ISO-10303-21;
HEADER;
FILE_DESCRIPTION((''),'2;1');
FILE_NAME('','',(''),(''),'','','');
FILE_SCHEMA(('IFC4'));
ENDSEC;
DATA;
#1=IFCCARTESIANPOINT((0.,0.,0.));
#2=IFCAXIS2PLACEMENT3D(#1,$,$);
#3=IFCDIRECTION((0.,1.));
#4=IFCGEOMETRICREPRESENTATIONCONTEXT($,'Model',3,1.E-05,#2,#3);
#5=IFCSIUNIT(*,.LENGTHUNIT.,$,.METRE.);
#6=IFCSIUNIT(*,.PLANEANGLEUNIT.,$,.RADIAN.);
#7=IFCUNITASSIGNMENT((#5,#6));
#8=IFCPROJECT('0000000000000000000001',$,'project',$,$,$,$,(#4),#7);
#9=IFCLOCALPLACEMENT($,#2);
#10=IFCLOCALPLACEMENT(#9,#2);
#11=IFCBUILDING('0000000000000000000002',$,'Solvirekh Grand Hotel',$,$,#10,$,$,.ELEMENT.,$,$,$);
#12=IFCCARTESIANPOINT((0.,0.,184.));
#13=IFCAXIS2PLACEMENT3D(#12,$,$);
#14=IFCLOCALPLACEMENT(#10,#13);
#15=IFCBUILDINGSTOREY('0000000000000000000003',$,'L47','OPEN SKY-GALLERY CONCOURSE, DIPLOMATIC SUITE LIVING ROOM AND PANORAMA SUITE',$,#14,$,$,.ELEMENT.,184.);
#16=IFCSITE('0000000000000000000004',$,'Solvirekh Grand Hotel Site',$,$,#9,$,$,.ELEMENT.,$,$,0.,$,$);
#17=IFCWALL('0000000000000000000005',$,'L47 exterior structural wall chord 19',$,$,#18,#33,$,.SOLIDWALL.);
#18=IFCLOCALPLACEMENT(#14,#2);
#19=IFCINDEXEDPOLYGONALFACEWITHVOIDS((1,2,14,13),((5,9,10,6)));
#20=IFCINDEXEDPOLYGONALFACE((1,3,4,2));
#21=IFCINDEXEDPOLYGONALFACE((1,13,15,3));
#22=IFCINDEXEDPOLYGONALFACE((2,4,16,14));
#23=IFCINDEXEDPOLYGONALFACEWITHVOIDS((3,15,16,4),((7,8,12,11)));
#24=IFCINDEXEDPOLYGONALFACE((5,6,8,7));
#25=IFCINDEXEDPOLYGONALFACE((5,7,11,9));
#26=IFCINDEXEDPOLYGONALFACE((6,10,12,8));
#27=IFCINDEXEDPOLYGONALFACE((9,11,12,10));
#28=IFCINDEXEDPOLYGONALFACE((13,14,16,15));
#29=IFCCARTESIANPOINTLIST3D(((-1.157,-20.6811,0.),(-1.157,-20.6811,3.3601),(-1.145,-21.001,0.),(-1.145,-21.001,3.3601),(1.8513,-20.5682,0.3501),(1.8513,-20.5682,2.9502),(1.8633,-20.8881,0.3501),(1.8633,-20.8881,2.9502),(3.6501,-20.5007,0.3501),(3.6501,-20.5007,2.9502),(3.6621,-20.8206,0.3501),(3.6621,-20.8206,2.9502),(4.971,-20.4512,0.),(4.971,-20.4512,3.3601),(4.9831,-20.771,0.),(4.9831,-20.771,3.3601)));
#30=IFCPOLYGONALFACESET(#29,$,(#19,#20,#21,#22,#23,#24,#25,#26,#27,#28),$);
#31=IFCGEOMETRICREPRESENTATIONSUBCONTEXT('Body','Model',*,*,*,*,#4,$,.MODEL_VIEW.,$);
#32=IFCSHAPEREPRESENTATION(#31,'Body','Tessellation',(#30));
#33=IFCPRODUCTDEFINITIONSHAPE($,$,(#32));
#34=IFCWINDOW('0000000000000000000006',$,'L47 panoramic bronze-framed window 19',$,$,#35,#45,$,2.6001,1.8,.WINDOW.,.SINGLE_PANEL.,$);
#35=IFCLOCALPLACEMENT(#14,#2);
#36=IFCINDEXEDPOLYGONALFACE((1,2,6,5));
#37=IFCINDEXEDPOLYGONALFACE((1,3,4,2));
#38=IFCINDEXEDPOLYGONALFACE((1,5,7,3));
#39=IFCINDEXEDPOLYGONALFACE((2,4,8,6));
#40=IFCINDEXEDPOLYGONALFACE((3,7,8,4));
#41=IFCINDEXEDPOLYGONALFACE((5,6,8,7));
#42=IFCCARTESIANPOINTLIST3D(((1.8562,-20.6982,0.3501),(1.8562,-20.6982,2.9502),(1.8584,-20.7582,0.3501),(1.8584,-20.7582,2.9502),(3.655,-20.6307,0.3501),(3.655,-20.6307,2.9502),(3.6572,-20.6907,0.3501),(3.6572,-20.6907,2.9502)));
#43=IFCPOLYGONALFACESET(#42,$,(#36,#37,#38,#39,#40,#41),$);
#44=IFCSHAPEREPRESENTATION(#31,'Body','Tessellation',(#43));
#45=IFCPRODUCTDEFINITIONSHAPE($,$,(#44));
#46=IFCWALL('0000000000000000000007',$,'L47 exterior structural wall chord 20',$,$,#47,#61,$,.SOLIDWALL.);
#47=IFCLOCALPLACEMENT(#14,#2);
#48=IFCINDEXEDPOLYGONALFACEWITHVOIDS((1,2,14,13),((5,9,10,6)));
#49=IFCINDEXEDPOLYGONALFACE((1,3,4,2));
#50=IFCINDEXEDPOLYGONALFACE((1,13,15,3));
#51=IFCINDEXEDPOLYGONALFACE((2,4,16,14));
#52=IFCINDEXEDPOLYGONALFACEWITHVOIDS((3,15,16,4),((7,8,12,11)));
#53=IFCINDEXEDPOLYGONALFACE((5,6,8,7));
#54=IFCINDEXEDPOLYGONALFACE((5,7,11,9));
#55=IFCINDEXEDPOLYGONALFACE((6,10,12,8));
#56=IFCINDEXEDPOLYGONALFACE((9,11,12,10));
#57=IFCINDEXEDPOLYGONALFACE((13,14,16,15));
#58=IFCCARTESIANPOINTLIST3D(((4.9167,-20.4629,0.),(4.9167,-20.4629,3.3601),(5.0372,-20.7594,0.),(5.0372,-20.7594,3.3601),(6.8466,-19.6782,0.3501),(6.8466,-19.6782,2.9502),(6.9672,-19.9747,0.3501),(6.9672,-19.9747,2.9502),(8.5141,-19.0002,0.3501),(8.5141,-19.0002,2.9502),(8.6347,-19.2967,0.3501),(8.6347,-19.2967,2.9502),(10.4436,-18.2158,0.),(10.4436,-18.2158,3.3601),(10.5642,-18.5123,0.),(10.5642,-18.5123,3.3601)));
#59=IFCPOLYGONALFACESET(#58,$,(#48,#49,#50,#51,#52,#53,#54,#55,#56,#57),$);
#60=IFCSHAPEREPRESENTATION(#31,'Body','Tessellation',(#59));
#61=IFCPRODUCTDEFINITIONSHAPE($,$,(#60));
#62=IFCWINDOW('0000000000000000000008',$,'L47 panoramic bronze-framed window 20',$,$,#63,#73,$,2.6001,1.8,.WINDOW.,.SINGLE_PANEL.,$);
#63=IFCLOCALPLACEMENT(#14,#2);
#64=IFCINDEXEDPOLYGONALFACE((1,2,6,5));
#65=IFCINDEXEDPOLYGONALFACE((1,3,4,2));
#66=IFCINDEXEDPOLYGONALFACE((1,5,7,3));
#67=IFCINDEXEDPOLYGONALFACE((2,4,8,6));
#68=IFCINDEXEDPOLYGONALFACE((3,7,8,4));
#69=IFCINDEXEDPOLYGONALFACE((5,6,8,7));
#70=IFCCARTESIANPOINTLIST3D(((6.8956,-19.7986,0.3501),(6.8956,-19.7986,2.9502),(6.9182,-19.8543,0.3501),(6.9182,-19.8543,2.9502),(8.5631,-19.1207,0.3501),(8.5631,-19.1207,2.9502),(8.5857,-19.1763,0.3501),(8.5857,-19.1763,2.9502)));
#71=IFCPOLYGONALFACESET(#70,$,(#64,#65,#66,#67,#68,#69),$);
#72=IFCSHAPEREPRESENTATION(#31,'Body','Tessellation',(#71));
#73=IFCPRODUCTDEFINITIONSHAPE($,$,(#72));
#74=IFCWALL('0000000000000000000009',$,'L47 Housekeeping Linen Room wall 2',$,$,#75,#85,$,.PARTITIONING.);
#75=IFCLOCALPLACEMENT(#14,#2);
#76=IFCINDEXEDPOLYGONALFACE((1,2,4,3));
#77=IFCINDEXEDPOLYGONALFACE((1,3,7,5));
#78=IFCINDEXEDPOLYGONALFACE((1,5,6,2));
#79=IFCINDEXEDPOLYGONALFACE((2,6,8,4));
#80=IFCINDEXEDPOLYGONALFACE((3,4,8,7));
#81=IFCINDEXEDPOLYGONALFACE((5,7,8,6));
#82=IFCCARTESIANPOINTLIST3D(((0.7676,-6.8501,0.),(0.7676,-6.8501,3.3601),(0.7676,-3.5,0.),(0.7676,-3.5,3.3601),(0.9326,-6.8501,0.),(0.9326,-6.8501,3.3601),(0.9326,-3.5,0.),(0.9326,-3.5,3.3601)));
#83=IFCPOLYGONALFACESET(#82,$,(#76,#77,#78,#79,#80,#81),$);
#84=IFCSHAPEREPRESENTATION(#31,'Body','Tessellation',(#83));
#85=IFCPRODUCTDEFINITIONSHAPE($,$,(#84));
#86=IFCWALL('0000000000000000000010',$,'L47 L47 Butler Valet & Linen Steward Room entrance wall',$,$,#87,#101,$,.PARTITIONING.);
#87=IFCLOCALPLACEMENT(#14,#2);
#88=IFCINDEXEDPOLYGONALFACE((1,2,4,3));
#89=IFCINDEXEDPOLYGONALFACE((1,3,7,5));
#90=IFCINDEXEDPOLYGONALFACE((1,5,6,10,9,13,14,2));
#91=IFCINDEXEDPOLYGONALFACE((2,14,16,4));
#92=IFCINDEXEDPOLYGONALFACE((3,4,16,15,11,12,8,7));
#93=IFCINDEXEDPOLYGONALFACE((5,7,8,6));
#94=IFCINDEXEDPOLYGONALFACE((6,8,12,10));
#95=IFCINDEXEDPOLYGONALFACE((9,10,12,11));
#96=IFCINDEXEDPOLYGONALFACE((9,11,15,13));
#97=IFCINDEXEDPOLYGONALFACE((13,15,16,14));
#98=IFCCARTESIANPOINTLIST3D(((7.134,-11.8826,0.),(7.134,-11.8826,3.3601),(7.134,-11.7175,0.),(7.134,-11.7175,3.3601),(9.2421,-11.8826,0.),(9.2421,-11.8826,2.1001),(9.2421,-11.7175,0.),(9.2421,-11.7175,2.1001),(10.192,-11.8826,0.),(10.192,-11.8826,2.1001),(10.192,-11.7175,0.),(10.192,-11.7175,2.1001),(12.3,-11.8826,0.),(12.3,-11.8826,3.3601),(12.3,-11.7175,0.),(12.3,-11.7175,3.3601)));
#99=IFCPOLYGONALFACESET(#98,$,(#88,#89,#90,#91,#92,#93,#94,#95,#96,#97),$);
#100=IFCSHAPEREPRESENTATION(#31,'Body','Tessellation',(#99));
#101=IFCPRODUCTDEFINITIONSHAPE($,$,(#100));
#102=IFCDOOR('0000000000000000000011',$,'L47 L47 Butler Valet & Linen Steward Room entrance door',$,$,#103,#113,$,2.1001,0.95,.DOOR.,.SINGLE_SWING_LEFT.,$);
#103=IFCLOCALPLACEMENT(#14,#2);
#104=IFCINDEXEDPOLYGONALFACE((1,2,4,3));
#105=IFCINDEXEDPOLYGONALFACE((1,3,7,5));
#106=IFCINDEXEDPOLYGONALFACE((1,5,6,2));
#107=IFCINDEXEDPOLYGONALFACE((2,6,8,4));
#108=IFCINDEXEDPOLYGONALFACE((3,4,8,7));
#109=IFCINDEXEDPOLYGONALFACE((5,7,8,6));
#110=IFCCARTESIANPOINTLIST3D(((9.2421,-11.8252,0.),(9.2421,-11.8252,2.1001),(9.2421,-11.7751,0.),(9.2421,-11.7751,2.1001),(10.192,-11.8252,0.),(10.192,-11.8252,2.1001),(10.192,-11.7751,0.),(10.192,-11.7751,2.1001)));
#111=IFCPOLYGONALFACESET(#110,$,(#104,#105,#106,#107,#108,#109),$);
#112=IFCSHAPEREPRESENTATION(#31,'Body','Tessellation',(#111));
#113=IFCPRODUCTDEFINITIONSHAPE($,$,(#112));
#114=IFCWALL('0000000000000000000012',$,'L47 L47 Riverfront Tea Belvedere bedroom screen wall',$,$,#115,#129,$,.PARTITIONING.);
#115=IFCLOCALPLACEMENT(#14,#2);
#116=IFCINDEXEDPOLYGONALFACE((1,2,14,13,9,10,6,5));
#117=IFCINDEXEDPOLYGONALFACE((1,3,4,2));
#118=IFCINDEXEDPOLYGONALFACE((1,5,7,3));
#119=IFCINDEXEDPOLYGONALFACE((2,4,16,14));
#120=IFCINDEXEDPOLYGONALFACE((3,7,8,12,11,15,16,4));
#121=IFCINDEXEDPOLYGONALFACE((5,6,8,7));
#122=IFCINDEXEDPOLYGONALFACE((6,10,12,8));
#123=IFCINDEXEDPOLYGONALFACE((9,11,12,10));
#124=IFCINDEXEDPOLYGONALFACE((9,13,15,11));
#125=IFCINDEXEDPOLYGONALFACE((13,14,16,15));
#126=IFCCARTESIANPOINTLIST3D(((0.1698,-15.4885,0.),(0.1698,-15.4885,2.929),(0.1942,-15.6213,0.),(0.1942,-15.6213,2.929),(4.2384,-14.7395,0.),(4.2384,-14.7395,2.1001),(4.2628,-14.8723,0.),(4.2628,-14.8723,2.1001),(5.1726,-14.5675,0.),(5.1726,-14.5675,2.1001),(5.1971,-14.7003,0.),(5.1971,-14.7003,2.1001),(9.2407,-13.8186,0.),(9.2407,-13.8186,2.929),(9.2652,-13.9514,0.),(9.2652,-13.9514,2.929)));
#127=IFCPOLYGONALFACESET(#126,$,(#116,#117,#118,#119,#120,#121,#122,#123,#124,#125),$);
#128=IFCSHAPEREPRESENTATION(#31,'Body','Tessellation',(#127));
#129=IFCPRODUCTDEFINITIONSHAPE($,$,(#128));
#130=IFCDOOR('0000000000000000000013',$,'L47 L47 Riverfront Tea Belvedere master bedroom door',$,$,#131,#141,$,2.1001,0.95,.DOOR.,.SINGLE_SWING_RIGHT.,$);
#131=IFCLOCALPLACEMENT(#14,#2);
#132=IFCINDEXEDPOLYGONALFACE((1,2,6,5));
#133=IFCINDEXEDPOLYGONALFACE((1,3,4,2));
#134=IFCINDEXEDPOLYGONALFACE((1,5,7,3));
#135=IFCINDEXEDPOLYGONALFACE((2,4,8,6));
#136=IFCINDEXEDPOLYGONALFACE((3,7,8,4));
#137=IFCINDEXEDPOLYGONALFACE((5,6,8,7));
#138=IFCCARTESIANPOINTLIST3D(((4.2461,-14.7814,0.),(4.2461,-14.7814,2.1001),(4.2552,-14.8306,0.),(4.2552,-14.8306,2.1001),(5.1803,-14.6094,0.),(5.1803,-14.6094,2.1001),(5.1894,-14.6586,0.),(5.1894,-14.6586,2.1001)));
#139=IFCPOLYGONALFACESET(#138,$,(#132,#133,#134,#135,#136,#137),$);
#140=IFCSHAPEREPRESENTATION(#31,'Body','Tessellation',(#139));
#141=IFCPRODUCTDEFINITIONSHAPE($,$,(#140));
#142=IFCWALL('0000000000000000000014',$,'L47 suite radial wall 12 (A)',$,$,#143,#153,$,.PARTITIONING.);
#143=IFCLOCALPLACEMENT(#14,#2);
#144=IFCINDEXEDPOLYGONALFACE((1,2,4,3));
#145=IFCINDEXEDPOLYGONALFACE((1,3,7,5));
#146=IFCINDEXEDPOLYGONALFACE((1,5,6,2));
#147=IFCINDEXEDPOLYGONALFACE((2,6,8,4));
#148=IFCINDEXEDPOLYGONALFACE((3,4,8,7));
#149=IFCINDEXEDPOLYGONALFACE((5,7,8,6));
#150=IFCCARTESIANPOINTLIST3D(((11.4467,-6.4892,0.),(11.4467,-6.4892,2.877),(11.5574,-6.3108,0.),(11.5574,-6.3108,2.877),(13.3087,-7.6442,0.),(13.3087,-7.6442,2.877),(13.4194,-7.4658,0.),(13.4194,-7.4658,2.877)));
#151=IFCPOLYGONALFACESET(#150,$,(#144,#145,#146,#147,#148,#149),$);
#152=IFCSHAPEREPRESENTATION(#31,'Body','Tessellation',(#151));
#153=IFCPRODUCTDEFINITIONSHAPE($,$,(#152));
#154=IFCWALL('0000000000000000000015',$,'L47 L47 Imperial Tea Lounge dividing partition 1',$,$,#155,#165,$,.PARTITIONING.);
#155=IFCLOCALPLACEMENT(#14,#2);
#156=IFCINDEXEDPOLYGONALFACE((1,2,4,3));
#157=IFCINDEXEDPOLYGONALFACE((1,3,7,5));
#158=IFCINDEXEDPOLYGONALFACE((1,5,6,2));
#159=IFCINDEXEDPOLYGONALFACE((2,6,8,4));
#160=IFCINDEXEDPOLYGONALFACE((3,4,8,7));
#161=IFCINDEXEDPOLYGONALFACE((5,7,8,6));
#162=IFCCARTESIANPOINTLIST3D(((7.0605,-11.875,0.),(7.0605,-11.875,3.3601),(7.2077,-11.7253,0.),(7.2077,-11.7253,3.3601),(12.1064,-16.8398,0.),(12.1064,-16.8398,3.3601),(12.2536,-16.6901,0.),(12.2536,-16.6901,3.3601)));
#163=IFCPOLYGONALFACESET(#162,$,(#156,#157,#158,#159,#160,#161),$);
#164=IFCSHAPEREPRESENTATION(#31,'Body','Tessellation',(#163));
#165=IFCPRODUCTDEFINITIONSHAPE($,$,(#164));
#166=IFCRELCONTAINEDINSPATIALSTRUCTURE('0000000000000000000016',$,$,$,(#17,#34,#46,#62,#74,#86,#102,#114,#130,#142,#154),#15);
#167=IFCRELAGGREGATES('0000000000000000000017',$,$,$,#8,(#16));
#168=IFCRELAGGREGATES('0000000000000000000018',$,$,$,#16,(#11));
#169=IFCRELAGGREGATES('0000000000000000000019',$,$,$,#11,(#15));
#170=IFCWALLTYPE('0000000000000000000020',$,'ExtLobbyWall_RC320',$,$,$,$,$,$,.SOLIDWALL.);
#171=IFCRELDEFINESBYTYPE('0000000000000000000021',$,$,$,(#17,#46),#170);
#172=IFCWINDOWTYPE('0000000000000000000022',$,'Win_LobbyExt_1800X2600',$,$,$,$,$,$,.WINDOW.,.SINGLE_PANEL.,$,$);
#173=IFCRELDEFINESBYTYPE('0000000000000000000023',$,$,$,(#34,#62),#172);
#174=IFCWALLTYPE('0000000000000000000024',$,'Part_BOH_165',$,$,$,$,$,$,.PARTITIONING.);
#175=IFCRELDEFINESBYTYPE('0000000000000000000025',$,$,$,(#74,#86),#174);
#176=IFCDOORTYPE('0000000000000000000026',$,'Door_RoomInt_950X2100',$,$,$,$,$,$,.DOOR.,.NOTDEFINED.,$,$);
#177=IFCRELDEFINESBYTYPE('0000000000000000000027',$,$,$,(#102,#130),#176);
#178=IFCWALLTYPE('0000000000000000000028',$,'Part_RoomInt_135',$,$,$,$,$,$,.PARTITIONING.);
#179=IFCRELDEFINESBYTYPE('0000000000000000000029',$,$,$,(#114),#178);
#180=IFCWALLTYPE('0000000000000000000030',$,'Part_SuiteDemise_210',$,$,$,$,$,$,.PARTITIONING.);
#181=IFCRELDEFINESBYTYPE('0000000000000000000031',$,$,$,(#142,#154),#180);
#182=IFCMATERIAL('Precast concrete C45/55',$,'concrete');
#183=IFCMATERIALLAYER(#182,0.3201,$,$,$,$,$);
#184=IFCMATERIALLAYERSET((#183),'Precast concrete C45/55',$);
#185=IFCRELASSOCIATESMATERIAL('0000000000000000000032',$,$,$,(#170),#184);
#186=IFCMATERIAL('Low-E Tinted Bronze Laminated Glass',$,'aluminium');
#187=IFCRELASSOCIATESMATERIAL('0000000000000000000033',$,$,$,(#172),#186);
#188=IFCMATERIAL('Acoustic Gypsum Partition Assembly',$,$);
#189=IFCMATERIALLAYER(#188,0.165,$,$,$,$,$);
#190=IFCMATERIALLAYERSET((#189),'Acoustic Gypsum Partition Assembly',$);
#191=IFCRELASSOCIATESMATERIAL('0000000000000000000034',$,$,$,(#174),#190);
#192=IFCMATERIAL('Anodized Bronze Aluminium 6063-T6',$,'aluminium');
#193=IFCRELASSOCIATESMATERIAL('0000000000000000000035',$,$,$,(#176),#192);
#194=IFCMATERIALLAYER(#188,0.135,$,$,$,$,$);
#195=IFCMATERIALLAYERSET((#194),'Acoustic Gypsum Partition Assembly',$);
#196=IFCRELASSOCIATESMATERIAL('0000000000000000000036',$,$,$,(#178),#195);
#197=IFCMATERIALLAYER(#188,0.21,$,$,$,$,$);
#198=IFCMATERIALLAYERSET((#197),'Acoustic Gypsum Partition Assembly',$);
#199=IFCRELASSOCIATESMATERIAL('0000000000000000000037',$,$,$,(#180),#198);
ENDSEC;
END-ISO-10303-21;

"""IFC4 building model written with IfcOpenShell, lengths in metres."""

from ifc_helpers import new_model, si_unit, direction, frame, frame_2d, origin, place, context, subcontext, project, spatial, rectangle, extrude, material, layer, layer_set, type_object, element, fill, save


model = new_model("IFC4")

# Units and contexts
model_context = context("Model", 3, precision=1e-05, world=origin(), true_north=direction((0.0, 1.0)))
body_context = subcontext(model_context, "Body", "Model", "MODEL_VIEW")
ifc_project = project(units=[si_unit("LENGTHUNIT", "METRE"), si_unit("PLANEANGLEUNIT", "RADIAN")], contexts=[model_context])

# Site, building, storey
site_placement = place(None, origin())
site = spatial("IfcSite", under=ifc_project, at=site_placement, Name="Solvirekh Grand Hotel Site", CompositionType="ELEMENT", RefElevation=0.0)
building_placement = place(site_placement, origin())
building = spatial("IfcBuilding", under=site, at=building_placement, Name="Solvirekh Grand Hotel", CompositionType="ELEMENT")
storey_placement = place(building_placement, frame((0.0, 0.0, 184.0)))
storey = spatial("IfcBuildingStorey", under=building, at=storey_placement, Name="L47", Description="OPEN SKY-GALLERY CONCOURSE, DIPLOMATIC SUITE LIVING ROOM AND PANORAMA SUITE", CompositionType="ELEMENT", Elevation=184.0)

# Shared definitions
ifc_material_1 = material(Name="Anodized Bronze Aluminium 6063-T6", Category="aluminium")
ifc_material_2 = material(Name="Low-E Tinted Bronze Laminated Glass", Category="aluminium")

# Walls, openings, windows
ifc_material_3 = material(Name="Precast concrete C45/55", Category="concrete")
ifc_layer_1 = layer(ifc_material_3, 0.3201)
ifc_layer_set_1 = layer_set([ifc_layer_1], Name="Precast concrete C45/55")
wall_type_1 = type_object("IfcWallType", Name="ExtLobbyWall_RC320", PredefinedType="SOLIDWALL", material=ifc_layer_set_1)
wall_1_placement = place(storey_placement, frame((4.9771, -20.6111, 0.0), z_axis=(0.0, 0.0, 1.0), x_axis=(-0.999296, -0.037503, 0.0)))
wall_1 = element("IfcWall", 1, at=wall_1_placement, inside=storey, type_object=wall_type_1, Name="L47 exterior structural wall chord 19", PredefinedType="SOLIDWALL", context=body_context, shape_type="SweptSolid", body=[
    extrude(rectangle(XDim=6.1323, YDim=0.3201, at=frame_2d((3.0662, 0.0))), origin(), (0.0, 0.0, 1.0), 3.3601),
])
opening_1_placement = place(wall_1_placement, frame((1.322, 0.0, 0.3501)))
opening_1 = element("IfcOpeningElement", 2, at=opening_1_placement, cuts=wall_1, PredefinedType="OPENING", context=body_context, shape_type="SweptSolid", body=[
    extrude(rectangle(XDim=1.8, YDim=2.6001, at=frame_2d((0.8999, 1.3))), frame((0.0, 0.1699, 0.0), z_axis=(0.0, -1.0, 0.0), x_axis=(1.0, 0.0, 0.0)), (0.0, 0.0, 1.0), 0.3401),
])
window_type = type_object("IfcWindowType", Name="Win_LobbyExt_1800X2600", PartitioningType="SINGLE_PANEL", PredefinedType="WINDOW", material=ifc_material_2)
window_1_placement = place(opening_1_placement, origin())
window_1 = element("IfcWindow", 3, at=window_1_placement, inside=storey, type_object=window_type, Name="L47 panoramic bronze-framed window 19", OverallHeight=2.6001, OverallWidth=1.8, PartitioningType="SINGLE_PANEL", PredefinedType="WINDOW", context=body_context, shape_type="SweptSolid", body=[
    extrude(rectangle(XDim=1.8, YDim=2.6001, at=frame_2d((0.8999, 1.3))), frame((0.0, 0.03, 0.0), z_axis=(0.0, -1.0, 0.0), x_axis=(1.0, 0.0, 0.0)), (0.0, 0.0, 1.0), 0.0601),
])
fill(opening_1, window_1)
wall_2_placement = place(storey_placement, frame((10.5039, -18.364, 0.0), z_axis=(0.0, 0.0, 1.0), x_axis=(-0.926362, -0.376634, 0.0)))
wall_2 = element("IfcWall", 4, at=wall_2_placement, inside=storey, type_object=wall_type_1, Name="L47 exterior structural wall chord 20", PredefinedType="SOLIDWALL", context=body_context, shape_type="SweptSolid", body=[
    extrude(rectangle(XDim=5.9663, YDim=0.3201, at=frame_2d((2.9832, 0.0))), origin(), (0.0, 0.0, 1.0), 3.3601),
])
opening_2_placement = place(wall_2_placement, frame((2.083, 0.0, 0.3501)))
opening_2 = element("IfcOpeningElement", 5, at=opening_2_placement, cuts=wall_2, PredefinedType="OPENING", context=body_context, shape_type="SweptSolid", body=[
    extrude(rectangle(XDim=1.8, YDim=2.6001, at=frame_2d((0.8999, 1.3))), frame((0.0, 0.1699, 0.0), z_axis=(0.0, -1.0, 0.0), x_axis=(1.0, 0.0, 0.0)), (0.0, 0.0, 1.0), 0.3401),
])
window_2_placement = place(opening_2_placement, origin())
window_2 = element("IfcWindow", 6, at=window_2_placement, inside=storey, type_object=window_type, Name="L47 panoramic bronze-framed window 20", OverallHeight=2.6001, OverallWidth=1.8, PartitioningType="SINGLE_PANEL", PredefinedType="WINDOW", context=body_context, shape_type="SweptSolid", body=[
    extrude(rectangle(XDim=1.8, YDim=2.6001, at=frame_2d((0.8999, 1.3))), frame((0.0, 0.03, 0.0), z_axis=(0.0, -1.0, 0.0), x_axis=(1.0, 0.0, 0.0)), (0.0, 0.0, 1.0), 0.0601),
])
fill(opening_2, window_2)

# Wall
ifc_material_4 = material(Name="Acoustic Gypsum Partition Assembly")
ifc_layer_2 = layer(ifc_material_4, 0.165)
ifc_layer_set_2 = layer_set([ifc_layer_2], Name="Acoustic Gypsum Partition Assembly")
wall_type_2 = type_object("IfcWallType", Name="Part_BOH_165", PredefinedType="PARTITIONING", material=ifc_layer_set_2)
wall_3_placement = place(storey_placement, frame((0.8501, -6.8501, 0.0), z_axis=(0.0, 0.0, 1.0), x_axis=(0.0, 1.0, 0.0)))
element("IfcWall", 7, at=wall_3_placement, inside=storey, type_object=wall_type_2, Name="L47 Housekeeping Linen Room wall 2", PredefinedType="PARTITIONING", context=body_context, shape_type="SweptSolid", body=[
    extrude(rectangle(XDim=3.3501, YDim=0.165, at=frame_2d((1.675, 0.0))), origin(), (0.0, 0.0, 1.0), 3.3601),
])

# Walls, openings, doors
wall_4_placement = place(storey_placement, frame((7.134, -11.8, 0.0), z_axis=(0.0, 0.0, 1.0), x_axis=(1.0, 0.0, 0.0)))
wall_4 = element("IfcWall", 8, at=wall_4_placement, inside=storey, type_object=wall_type_2, Name="L47 L47 Butler Valet & Linen Steward Room entrance wall", PredefinedType="PARTITIONING", context=body_context, shape_type="SweptSolid", body=[
    extrude(rectangle(XDim=5.166, YDim=0.165, at=frame_2d((2.583, 0.0))), origin(), (0.0, 0.0, 1.0), 3.3601),
])
opening_3_placement = place(wall_4_placement, frame((2.1079, 0.0, 0.0)))
opening_3 = element("IfcOpeningElement", 9, at=opening_3_placement, cuts=wall_4, PredefinedType="OPENING", context=body_context, shape_type="SweptSolid", body=[
    extrude(rectangle(XDim=0.95, YDim=2.1001, at=frame_2d((0.4751, 1.05))), frame((0.0, 0.0925, 0.0), z_axis=(0.0, -1.0, 0.0), x_axis=(1.0, 0.0, 0.0)), (0.0, 0.0, 1.0), 0.1851),
])
door_type_1 = type_object("IfcDoorType", Name="Door_RoomInt_950X2100", OperationType="NOTDEFINED", PredefinedType="DOOR", material=ifc_material_1)
door_1_placement = place(opening_3_placement, origin())
door_1 = element("IfcDoor", 10, at=door_1_placement, inside=storey, type_object=door_type_1, Name="L47 L47 Butler Valet & Linen Steward Room entrance door", OperationType="SINGLE_SWING_LEFT", OverallHeight=2.1001, OverallWidth=0.95, PredefinedType="DOOR", context=body_context, shape_type="SweptSolid", body=[
    extrude(rectangle(XDim=0.95, YDim=2.1001, at=frame_2d((0.4751, 1.05))), frame((0.0, 0.0249, 0.0), z_axis=(0.0, -1.0, 0.0), x_axis=(1.0, 0.0, 0.0)), (0.0, 0.0, 1.0), 0.05),
])
fill(opening_3, door_1)
ifc_layer_3 = layer(ifc_material_4, 0.135)
ifc_layer_set_3 = layer_set([ifc_layer_3], Name="Acoustic Gypsum Partition Assembly")
wall_type_3 = type_object("IfcWallType", Name="Part_RoomInt_135", PredefinedType="PARTITIONING", material=ifc_layer_set_3)
wall_5_placement = place(storey_placement, frame((0.1819, -15.5549, 0.0), z_axis=(0.0, 0.0, 1.0), x_axis=(0.983474, 0.181051, 0.0)))
wall_5 = element("IfcWall", 11, at=wall_5_placement, inside=storey, type_object=wall_type_3, Name="L47 L47 Riverfront Tea Belvedere bedroom screen wall", PredefinedType="PARTITIONING", context=body_context, shape_type="SweptSolid", body=[
    extrude(rectangle(XDim=9.2234, YDim=0.135, at=frame_2d((4.6118, 0.0))), origin(), (0.0, 0.0, 1.0), 2.929),
])
opening_4_placement = place(wall_5_placement, frame((4.137, 0.0, 0.0)))
opening_4 = element("IfcOpeningElement", 12, at=opening_4_placement, cuts=wall_5, PredefinedType="OPENING", context=body_context, shape_type="SweptSolid", body=[
    extrude(rectangle(XDim=0.95, YDim=2.1001, at=frame_2d((0.4751, 1.05))), frame((0.0, 0.0776, 0.0), z_axis=(0.0, -1.0, 0.0), x_axis=(1.0, 0.0, 0.0)), (0.0, 0.0, 1.0), 0.155),
])
door_2_placement = place(opening_4_placement, origin())
door_2 = element("IfcDoor", 13, at=door_2_placement, inside=storey, type_object=door_type_1, Name="L47 L47 Riverfront Tea Belvedere master bedroom door", OperationType="SINGLE_SWING_RIGHT", OverallHeight=2.1001, OverallWidth=0.95, PredefinedType="DOOR", context=body_context, shape_type="SweptSolid", body=[
    extrude(rectangle(XDim=0.95, YDim=2.1001, at=frame_2d((0.4751, 1.05))), frame((0.0, 0.0249, 0.0), z_axis=(0.0, -1.0, 0.0), x_axis=(1.0, 0.0, 0.0)), (0.0, 0.0, 1.0), 0.05),
])
fill(opening_4, door_2)

# Walls
ifc_layer_4 = layer(ifc_material_4, 0.21)
ifc_layer_set_4 = layer_set([ifc_layer_4], Name="Acoustic Gypsum Partition Assembly")
wall_type_4 = type_object("IfcWallType", Name="Part_SuiteDemise_210", PredefinedType="PARTITIONING", material=ifc_layer_set_4)
wall_6_placement = place(storey_placement, frame((11.502, -6.3999, 0.0), z_axis=(0.0, 0.0, 1.0), x_axis=(0.84979, -0.527122, 0.0)))
element("IfcWall", 14, at=wall_6_placement, inside=storey, type_object=wall_type_4, Name="L47 suite radial wall 12 (A)", PredefinedType="PARTITIONING", context=body_context, shape_type="SweptSolid", body=[
    extrude(rectangle(XDim=2.1912, YDim=0.21, at=frame_2d((1.0957, 0.0))), origin(), (0.0, 0.0, 1.0), 2.877),
])
wall_7_placement = place(storey_placement, frame((7.134, -11.8, 0.0), z_axis=(0.0, 0.0, 1.0), x_axis=(0.712809, -0.701359, 0.0)))
element("IfcWall", 15, at=wall_7_placement, inside=storey, type_object=wall_type_4, Name="L47 L47 Imperial Tea Lounge dividing partition 1", PredefinedType="PARTITIONING", context=body_context, shape_type="SweptSolid", body=[
    extrude(rectangle(XDim=7.0789, YDim=0.21, at=frame_2d((3.5396, 0.0))), origin(), (0.0, 0.0, 1.0), 3.3601),
])

save(model, "model.ifc")
